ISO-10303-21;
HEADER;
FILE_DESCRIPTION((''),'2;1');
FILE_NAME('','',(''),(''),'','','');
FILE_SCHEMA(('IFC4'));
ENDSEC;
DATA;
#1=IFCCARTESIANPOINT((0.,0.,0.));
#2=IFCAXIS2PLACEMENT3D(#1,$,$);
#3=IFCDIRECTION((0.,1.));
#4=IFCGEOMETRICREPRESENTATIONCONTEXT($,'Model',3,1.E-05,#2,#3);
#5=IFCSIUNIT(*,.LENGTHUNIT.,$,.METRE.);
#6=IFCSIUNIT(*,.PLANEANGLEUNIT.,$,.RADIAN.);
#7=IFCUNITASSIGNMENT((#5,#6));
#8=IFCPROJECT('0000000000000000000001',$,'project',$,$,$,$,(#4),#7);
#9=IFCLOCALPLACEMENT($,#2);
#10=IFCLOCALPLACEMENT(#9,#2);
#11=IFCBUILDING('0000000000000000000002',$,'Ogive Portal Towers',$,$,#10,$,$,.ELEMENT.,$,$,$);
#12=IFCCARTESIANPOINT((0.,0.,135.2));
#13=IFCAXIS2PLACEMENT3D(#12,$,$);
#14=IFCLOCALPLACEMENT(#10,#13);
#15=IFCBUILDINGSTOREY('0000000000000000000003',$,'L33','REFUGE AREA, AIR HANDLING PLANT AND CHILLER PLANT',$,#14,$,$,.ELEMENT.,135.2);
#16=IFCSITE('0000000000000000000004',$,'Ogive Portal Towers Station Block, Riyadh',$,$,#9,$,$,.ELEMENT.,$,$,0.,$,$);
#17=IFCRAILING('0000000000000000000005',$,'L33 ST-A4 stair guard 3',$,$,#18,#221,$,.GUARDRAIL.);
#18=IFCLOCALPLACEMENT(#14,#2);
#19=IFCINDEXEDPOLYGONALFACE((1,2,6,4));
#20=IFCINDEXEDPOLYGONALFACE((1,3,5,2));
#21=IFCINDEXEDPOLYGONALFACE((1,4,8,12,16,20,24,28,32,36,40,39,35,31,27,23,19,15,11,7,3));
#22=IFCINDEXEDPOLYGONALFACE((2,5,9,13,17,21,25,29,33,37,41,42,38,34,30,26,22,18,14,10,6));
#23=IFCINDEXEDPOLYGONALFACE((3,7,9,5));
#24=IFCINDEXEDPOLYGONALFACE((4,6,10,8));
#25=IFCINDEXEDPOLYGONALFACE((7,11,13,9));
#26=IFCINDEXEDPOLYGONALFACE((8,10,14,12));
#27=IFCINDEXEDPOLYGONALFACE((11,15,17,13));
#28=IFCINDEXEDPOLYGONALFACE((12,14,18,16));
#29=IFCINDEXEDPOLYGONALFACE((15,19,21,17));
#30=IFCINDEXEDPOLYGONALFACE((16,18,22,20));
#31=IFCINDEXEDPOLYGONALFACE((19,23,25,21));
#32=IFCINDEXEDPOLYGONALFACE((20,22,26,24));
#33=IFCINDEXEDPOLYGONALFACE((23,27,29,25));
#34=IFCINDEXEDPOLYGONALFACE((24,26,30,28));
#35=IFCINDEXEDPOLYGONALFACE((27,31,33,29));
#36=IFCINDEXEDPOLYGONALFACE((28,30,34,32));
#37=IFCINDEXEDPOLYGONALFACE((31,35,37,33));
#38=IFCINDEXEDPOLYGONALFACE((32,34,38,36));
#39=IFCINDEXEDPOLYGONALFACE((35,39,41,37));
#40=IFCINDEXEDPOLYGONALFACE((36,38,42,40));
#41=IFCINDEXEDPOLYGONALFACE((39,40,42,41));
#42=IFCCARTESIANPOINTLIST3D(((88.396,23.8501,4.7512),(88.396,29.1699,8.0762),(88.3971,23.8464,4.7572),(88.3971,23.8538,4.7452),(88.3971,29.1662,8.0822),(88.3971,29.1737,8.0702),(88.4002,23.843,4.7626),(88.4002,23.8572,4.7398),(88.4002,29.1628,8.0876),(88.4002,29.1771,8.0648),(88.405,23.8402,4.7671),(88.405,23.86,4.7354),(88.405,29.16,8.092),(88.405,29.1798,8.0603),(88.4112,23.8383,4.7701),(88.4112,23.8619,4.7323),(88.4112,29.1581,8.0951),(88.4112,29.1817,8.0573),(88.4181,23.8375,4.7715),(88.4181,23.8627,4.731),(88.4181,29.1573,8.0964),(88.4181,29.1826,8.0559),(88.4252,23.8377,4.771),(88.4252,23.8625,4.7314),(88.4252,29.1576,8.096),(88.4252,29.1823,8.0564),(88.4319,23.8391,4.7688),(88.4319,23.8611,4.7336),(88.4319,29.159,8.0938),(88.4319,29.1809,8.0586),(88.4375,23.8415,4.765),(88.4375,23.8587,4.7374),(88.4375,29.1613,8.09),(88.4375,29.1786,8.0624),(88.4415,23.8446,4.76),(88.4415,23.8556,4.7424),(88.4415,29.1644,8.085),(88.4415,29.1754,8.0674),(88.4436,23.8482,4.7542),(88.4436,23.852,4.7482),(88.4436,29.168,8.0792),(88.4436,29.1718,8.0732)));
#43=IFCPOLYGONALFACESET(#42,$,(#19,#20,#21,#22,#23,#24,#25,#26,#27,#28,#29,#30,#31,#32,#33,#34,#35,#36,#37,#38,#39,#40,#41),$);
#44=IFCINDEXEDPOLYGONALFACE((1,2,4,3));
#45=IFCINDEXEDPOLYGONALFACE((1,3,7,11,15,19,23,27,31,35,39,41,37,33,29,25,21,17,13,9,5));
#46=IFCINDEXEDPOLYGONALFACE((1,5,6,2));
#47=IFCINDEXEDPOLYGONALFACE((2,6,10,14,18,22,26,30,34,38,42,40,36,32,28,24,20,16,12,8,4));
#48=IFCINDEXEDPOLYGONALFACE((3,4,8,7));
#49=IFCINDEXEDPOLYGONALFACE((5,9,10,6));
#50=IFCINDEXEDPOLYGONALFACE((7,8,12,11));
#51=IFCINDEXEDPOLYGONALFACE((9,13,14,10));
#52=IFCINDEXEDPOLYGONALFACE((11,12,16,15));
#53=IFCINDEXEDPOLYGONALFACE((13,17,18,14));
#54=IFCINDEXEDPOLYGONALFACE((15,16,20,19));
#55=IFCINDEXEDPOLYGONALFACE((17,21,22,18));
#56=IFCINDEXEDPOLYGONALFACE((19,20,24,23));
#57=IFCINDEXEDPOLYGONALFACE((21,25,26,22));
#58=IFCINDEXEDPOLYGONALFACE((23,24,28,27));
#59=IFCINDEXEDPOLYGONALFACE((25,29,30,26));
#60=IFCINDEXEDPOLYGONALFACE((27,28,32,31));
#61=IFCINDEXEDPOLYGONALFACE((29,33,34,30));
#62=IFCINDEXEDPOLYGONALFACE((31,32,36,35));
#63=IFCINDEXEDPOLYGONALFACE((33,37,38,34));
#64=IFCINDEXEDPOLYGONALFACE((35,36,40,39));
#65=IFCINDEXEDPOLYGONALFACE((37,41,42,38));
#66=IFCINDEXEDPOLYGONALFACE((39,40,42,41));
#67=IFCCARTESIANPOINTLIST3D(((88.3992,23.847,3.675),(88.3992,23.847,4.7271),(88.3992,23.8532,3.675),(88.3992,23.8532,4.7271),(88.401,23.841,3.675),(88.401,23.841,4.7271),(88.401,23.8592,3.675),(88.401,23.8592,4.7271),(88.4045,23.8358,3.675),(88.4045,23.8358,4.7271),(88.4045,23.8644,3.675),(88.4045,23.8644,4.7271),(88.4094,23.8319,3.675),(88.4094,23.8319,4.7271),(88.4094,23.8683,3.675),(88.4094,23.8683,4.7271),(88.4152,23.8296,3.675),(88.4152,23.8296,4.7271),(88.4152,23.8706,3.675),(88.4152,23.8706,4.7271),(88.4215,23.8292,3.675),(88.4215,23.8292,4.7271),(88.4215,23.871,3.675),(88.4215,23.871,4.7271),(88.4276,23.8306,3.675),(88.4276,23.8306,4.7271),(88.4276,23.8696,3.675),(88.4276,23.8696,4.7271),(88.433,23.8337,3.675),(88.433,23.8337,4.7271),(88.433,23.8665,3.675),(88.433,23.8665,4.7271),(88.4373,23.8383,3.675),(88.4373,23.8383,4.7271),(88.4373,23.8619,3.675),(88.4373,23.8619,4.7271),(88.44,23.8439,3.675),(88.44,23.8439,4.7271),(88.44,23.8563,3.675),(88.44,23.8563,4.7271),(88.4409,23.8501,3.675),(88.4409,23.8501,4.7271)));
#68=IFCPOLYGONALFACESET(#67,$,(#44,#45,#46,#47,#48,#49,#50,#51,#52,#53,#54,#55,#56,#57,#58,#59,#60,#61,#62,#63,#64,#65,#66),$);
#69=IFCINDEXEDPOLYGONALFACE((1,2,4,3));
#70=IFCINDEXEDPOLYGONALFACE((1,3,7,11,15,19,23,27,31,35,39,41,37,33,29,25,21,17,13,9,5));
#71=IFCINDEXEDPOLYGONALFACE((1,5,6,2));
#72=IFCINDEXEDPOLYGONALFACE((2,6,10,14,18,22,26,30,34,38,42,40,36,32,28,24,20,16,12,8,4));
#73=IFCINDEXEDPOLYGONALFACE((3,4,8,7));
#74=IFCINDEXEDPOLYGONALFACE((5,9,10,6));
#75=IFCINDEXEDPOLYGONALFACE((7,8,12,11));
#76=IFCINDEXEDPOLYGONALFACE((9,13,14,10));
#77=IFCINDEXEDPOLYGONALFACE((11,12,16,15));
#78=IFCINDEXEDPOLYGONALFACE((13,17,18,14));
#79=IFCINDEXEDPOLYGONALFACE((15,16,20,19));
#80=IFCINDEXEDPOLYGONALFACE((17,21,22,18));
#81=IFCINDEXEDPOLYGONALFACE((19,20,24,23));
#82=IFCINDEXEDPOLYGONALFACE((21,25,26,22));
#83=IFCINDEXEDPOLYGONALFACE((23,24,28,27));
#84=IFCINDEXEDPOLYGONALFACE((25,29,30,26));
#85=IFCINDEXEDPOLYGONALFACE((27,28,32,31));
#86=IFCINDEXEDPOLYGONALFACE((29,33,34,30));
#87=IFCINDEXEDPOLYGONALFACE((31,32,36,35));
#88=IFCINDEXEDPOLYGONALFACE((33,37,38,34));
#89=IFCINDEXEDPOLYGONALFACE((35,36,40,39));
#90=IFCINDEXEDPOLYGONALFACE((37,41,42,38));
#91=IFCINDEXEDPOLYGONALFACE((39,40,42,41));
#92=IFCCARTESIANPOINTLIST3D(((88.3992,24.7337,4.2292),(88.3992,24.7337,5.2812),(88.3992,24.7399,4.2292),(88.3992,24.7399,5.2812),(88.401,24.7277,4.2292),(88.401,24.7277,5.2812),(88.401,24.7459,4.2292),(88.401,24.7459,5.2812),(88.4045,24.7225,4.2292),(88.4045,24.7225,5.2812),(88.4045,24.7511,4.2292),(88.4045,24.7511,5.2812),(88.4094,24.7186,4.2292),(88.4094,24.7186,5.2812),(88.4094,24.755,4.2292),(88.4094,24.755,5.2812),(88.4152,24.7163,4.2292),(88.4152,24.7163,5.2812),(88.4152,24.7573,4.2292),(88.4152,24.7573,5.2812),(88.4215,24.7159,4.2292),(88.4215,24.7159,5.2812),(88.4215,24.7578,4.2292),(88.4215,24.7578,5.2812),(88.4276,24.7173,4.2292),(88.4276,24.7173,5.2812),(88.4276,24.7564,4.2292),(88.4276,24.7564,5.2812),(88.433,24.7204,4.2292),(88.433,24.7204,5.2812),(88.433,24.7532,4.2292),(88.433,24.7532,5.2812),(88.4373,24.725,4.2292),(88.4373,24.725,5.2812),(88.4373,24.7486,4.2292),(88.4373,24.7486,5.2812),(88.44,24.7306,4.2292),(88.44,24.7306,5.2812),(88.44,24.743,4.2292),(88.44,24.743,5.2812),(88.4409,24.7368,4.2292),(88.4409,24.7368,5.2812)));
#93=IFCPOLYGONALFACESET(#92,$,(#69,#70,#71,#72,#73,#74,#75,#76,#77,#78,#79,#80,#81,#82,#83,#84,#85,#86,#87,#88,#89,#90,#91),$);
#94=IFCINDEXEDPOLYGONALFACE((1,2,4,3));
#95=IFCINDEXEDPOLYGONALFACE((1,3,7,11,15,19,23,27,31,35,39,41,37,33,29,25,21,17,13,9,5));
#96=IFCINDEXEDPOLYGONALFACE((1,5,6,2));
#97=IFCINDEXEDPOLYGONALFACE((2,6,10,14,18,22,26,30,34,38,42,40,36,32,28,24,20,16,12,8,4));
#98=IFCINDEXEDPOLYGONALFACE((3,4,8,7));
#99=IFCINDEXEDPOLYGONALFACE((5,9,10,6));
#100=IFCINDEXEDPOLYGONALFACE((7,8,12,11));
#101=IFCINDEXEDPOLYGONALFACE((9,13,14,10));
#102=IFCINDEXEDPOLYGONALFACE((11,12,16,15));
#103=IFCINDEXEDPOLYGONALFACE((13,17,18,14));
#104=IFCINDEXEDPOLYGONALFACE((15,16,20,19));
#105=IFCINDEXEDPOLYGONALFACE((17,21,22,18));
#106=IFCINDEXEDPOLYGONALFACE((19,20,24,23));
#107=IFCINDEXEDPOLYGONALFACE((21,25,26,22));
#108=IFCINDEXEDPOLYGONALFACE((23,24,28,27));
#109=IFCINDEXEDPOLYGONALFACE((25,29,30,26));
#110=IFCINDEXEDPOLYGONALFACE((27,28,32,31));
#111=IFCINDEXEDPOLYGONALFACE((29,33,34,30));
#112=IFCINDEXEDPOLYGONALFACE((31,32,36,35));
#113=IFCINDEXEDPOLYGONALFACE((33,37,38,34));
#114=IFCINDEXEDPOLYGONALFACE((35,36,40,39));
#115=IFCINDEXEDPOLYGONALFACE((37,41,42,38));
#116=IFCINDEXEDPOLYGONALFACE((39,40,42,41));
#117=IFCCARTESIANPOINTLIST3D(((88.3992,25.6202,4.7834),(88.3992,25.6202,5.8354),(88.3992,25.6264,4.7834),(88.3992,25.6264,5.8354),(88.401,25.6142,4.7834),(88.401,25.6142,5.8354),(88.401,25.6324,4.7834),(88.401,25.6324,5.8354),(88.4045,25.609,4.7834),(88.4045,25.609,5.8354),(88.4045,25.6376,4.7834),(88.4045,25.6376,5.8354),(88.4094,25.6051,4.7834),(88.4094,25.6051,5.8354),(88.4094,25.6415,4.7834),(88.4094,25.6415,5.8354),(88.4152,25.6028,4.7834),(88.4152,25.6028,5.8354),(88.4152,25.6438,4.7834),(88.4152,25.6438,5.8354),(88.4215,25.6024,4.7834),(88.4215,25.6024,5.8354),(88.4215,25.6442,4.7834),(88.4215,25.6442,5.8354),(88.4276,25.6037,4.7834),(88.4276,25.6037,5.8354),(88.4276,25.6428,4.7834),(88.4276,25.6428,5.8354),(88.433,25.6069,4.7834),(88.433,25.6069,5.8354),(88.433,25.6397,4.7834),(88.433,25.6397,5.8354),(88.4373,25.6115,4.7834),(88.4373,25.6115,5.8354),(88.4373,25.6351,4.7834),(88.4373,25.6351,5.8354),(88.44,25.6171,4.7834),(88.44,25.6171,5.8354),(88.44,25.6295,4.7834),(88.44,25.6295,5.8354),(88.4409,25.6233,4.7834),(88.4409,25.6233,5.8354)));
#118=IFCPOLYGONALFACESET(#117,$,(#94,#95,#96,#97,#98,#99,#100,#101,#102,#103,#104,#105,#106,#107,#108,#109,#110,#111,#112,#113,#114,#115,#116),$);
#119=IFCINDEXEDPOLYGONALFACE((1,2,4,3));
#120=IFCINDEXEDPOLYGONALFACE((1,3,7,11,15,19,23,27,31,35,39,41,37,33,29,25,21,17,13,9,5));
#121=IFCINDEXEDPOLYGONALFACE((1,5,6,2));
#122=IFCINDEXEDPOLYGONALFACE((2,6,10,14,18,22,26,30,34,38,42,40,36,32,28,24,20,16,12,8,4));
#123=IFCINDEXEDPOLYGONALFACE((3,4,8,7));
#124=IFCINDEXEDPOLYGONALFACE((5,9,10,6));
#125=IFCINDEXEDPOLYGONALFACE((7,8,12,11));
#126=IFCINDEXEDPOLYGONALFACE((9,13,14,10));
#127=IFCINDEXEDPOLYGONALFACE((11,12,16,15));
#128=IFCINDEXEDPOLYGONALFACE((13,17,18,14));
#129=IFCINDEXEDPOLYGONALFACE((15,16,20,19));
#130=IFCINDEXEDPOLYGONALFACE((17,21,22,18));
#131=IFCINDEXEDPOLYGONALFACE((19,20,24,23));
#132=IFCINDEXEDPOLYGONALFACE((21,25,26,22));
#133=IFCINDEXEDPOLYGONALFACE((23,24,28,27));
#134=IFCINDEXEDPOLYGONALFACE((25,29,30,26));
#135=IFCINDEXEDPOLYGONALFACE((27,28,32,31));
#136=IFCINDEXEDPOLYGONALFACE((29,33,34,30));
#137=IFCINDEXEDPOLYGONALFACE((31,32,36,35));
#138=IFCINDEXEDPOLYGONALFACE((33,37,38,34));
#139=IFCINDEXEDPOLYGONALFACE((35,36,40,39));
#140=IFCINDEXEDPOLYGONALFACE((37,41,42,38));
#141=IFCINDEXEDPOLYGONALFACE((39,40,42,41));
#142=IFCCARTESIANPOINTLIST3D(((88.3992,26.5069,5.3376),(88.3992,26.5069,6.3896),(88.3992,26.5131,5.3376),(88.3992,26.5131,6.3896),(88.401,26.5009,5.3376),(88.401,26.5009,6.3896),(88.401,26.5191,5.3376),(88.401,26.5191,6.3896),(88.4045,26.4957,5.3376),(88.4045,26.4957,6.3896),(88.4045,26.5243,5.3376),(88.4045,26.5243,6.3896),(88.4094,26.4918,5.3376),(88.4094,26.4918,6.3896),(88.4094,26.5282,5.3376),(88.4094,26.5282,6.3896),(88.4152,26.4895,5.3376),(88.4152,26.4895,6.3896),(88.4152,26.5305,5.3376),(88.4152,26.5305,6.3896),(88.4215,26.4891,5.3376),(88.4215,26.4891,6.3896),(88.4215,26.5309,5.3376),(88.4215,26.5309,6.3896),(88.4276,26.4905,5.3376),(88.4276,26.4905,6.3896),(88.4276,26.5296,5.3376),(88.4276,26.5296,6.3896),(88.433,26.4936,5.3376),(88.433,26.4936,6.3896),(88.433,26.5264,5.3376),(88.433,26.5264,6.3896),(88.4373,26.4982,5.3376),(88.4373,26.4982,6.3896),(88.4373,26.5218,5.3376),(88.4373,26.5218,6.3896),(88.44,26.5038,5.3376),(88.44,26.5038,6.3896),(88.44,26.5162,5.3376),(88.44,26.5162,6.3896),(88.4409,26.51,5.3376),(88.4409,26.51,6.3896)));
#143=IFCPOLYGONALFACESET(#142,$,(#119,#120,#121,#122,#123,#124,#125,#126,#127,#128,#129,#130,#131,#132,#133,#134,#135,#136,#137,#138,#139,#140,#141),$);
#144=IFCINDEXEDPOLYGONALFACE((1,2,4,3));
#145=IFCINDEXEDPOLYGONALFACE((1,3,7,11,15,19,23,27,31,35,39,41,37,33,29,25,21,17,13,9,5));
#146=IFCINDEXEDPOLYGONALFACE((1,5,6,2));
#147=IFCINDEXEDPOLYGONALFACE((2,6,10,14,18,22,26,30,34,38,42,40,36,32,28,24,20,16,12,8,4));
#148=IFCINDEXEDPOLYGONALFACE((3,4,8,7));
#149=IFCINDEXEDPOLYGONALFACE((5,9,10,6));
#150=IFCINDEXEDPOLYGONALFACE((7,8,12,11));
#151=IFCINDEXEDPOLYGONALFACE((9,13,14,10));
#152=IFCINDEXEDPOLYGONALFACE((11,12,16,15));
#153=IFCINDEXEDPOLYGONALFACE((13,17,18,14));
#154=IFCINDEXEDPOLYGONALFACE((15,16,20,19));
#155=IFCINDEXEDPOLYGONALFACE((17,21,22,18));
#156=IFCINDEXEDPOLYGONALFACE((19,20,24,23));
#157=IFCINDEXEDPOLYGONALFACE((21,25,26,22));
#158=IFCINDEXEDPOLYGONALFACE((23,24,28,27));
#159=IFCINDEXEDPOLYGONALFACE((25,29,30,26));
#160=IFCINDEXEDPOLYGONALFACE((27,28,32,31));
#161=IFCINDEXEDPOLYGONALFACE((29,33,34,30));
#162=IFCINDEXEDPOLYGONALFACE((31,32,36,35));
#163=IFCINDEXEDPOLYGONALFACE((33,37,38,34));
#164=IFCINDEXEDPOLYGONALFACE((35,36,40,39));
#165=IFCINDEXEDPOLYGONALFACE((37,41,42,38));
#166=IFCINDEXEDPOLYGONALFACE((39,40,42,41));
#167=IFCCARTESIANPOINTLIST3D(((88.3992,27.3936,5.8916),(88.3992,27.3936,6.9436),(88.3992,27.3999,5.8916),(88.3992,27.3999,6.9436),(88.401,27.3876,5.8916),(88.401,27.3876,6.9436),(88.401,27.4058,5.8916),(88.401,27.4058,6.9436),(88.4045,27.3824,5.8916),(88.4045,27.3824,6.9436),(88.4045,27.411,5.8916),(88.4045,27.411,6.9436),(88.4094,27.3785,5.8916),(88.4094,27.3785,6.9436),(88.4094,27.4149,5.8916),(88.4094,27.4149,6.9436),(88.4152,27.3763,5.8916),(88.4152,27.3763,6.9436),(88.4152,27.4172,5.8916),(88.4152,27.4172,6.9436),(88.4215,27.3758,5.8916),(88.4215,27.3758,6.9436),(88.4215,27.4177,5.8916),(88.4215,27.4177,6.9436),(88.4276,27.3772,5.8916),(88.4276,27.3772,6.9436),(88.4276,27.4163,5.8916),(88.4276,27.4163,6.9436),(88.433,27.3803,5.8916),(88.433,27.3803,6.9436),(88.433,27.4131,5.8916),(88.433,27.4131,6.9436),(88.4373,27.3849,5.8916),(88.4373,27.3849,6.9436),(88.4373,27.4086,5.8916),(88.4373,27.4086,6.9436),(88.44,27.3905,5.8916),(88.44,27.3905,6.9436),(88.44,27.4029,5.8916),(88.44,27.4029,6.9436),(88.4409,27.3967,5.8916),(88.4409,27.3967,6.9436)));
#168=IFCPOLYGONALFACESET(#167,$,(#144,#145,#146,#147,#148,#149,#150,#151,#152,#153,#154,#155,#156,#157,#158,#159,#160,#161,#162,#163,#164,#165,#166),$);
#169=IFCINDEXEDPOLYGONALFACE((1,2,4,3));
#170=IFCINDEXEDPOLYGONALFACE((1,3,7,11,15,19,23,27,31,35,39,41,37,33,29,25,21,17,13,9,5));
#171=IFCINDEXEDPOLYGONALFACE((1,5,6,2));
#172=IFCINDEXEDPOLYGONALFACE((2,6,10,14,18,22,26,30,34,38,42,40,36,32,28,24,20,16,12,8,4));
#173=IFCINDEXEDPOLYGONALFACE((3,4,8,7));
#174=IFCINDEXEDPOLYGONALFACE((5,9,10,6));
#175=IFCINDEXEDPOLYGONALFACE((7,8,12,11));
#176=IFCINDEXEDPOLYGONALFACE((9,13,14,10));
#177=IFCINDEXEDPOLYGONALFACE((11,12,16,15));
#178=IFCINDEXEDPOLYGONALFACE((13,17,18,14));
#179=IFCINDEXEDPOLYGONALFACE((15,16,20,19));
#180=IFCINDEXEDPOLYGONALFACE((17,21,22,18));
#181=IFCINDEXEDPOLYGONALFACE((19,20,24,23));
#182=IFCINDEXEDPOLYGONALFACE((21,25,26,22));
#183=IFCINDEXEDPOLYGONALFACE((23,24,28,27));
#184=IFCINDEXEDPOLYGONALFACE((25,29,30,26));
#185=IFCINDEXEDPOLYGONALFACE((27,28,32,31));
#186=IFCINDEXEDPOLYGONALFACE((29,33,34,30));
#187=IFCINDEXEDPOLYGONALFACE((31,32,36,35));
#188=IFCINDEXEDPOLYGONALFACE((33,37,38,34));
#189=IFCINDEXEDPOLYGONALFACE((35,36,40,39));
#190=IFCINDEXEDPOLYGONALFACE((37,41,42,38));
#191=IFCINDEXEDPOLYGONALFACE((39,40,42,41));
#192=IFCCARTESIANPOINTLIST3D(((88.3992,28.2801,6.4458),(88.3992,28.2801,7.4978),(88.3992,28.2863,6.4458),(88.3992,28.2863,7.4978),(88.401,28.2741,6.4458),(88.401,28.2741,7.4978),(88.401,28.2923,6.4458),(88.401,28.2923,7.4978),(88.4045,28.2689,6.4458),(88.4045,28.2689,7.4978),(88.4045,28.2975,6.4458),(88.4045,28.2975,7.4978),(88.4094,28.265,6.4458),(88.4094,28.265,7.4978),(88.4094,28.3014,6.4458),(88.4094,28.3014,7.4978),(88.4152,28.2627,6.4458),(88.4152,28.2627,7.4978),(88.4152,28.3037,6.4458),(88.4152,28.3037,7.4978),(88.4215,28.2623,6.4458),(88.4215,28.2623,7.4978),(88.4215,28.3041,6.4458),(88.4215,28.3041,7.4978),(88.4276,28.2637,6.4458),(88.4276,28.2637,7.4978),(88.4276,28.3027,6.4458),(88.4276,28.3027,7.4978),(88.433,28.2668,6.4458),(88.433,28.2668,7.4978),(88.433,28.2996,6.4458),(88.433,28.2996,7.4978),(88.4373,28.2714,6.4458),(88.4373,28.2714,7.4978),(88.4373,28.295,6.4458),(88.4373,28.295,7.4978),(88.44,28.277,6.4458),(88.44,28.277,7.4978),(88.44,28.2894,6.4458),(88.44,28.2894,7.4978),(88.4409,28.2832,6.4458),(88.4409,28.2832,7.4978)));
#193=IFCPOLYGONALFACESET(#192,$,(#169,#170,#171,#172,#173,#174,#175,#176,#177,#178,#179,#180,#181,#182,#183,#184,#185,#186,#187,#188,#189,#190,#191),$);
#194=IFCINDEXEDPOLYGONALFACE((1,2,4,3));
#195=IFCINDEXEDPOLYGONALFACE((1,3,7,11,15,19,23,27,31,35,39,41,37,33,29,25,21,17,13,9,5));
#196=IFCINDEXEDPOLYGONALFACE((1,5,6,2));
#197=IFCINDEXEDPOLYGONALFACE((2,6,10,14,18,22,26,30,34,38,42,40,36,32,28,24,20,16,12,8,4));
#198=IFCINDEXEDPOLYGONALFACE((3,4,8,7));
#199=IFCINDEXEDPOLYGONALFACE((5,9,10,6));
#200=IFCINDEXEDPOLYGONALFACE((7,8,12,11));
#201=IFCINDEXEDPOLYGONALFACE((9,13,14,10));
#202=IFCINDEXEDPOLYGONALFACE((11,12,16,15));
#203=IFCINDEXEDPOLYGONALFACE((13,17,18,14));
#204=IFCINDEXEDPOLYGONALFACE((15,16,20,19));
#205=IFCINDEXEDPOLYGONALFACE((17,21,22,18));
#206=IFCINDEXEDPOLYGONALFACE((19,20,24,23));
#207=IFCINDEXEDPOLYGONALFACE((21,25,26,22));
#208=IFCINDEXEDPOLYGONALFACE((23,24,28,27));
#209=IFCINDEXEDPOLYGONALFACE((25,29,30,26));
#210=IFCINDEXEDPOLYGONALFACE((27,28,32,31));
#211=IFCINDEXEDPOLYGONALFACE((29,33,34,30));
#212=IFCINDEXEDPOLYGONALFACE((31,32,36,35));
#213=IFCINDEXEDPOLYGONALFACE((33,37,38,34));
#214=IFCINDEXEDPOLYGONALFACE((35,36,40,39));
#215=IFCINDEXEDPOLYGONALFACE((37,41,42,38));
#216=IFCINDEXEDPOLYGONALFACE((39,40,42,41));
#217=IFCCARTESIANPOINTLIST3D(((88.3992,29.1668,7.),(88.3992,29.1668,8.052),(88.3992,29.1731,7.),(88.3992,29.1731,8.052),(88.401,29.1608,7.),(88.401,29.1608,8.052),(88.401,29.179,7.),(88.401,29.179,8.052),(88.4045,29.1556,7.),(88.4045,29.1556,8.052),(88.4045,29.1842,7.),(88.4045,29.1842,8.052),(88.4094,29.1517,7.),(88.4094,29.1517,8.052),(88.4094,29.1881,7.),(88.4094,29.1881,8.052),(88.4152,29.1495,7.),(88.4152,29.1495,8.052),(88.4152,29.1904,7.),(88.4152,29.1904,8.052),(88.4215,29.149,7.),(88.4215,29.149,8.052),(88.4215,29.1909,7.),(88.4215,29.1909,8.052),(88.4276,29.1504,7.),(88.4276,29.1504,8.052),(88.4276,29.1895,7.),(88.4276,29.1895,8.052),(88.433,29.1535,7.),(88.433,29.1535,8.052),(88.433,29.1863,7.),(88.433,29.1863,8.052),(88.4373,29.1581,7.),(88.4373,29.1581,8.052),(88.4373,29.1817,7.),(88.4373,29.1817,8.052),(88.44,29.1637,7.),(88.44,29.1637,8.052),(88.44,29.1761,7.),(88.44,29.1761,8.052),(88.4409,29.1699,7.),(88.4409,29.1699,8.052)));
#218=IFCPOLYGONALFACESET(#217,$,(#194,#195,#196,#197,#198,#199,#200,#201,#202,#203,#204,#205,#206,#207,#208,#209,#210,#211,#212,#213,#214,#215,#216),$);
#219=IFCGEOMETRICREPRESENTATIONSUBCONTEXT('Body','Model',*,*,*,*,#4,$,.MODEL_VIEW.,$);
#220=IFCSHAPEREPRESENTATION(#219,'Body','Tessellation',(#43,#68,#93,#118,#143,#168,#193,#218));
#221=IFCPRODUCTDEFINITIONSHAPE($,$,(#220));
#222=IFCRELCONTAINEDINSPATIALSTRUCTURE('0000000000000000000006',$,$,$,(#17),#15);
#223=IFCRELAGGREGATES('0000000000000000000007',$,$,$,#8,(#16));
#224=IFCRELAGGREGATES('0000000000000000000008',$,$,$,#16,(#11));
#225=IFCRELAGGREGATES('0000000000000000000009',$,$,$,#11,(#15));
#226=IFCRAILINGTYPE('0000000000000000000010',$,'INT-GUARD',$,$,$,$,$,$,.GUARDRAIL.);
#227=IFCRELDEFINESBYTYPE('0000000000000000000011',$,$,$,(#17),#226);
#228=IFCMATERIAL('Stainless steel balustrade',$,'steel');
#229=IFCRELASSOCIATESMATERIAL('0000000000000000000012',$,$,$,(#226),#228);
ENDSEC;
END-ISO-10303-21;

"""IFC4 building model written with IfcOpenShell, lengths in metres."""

from ifc_helpers import new_model, si_unit, direction, frame, origin, origin_2d, place, context, subcontext, project, spatial, circle, extrude, material, type_object, element, save


model = new_model("IFC4")

# Units and contexts
model_context = context("Model", 3, precision=1e-05, world=origin(), true_north=direction((0.0, 1.0)))
body_context = subcontext(model_context, "Body", "Model", "MODEL_VIEW")
ifc_project = project(units=[si_unit("LENGTHUNIT", "METRE"), si_unit("PLANEANGLEUNIT", "RADIAN")], contexts=[model_context])

# Site, building, storey
site_placement = place(None, origin())
site = spatial("IfcSite", under=ifc_project, at=site_placement, Name="Ogive Portal Towers Station Block, Riyadh", CompositionType="ELEMENT", RefElevation=0.0)
building_placement = place(site_placement, origin())
building = spatial("IfcBuilding", under=site, at=building_placement, Name="Ogive Portal Towers", CompositionType="ELEMENT")
storey_placement = place(building_placement, frame((0.0, 0.0, 135.2)))
storey = spatial("IfcBuildingStorey", under=building, at=storey_placement, Name="L33", Description="REFUGE AREA, AIR HANDLING PLANT AND CHILLER PLANT", CompositionType="ELEMENT", Elevation=135.2)

# Railing
ifc_material_1 = material(Name="Stainless steel balustrade", Category="steel")
railing_type_1 = type_object("IfcRailingType", Name="INT-GUARD", PredefinedType="GUARDRAIL", material=ifc_material_1)
railing_1_placement = place(storey_placement, frame((88.4199, 23.8501, 3.675)))
element("IfcRailing", 1, at=railing_1_placement, inside=storey, type_object=railing_type_1, Name="L33 ST-A4 stair guard 3", PredefinedType="GUARDRAIL", context=body_context, shape_type="SweptSolid", body=[
    extrude(circle(Radius=0.0239, at=origin_2d()), frame((0.0, 0.0, 1.0762), z_axis=(0.0, 0.847994, 0.530006), x_axis=(-1.0, 0.0, 0.0)), (0.0, 0.0, 1.0), 6.2734),
    extrude(circle(Radius=0.021, at=origin_2d()), origin(), (0.0, 0.0, 1.0), 1.052),
    extrude(circle(Radius=0.021, at=origin_2d()), frame((0.0, 0.8867, 0.5542)), (0.0, 0.0, 1.0), 1.052),
    extrude(circle(Radius=0.021, at=origin_2d()), frame((0.0, 1.7732, 1.1084)), (0.0, 0.0, 1.0), 1.052),
    extrude(circle(Radius=0.021, at=origin_2d()), frame((0.0, 2.6599, 1.6626)), (0.0, 0.0, 1.0), 1.052),
    extrude(circle(Radius=0.021, at=origin_2d()), frame((0.0, 3.5466, 2.2166)), (0.0, 0.0, 1.0), 1.052),
    extrude(circle(Radius=0.021, at=origin_2d()), frame((0.0, 4.4331, 2.7708)), (0.0, 0.0, 1.0), 1.052),
    extrude(circle(Radius=0.021, at=origin_2d()), frame((0.0, 5.3198, 3.325)), (0.0, 0.0, 1.0), 1.052),
])

save(model, "model.ifc")
